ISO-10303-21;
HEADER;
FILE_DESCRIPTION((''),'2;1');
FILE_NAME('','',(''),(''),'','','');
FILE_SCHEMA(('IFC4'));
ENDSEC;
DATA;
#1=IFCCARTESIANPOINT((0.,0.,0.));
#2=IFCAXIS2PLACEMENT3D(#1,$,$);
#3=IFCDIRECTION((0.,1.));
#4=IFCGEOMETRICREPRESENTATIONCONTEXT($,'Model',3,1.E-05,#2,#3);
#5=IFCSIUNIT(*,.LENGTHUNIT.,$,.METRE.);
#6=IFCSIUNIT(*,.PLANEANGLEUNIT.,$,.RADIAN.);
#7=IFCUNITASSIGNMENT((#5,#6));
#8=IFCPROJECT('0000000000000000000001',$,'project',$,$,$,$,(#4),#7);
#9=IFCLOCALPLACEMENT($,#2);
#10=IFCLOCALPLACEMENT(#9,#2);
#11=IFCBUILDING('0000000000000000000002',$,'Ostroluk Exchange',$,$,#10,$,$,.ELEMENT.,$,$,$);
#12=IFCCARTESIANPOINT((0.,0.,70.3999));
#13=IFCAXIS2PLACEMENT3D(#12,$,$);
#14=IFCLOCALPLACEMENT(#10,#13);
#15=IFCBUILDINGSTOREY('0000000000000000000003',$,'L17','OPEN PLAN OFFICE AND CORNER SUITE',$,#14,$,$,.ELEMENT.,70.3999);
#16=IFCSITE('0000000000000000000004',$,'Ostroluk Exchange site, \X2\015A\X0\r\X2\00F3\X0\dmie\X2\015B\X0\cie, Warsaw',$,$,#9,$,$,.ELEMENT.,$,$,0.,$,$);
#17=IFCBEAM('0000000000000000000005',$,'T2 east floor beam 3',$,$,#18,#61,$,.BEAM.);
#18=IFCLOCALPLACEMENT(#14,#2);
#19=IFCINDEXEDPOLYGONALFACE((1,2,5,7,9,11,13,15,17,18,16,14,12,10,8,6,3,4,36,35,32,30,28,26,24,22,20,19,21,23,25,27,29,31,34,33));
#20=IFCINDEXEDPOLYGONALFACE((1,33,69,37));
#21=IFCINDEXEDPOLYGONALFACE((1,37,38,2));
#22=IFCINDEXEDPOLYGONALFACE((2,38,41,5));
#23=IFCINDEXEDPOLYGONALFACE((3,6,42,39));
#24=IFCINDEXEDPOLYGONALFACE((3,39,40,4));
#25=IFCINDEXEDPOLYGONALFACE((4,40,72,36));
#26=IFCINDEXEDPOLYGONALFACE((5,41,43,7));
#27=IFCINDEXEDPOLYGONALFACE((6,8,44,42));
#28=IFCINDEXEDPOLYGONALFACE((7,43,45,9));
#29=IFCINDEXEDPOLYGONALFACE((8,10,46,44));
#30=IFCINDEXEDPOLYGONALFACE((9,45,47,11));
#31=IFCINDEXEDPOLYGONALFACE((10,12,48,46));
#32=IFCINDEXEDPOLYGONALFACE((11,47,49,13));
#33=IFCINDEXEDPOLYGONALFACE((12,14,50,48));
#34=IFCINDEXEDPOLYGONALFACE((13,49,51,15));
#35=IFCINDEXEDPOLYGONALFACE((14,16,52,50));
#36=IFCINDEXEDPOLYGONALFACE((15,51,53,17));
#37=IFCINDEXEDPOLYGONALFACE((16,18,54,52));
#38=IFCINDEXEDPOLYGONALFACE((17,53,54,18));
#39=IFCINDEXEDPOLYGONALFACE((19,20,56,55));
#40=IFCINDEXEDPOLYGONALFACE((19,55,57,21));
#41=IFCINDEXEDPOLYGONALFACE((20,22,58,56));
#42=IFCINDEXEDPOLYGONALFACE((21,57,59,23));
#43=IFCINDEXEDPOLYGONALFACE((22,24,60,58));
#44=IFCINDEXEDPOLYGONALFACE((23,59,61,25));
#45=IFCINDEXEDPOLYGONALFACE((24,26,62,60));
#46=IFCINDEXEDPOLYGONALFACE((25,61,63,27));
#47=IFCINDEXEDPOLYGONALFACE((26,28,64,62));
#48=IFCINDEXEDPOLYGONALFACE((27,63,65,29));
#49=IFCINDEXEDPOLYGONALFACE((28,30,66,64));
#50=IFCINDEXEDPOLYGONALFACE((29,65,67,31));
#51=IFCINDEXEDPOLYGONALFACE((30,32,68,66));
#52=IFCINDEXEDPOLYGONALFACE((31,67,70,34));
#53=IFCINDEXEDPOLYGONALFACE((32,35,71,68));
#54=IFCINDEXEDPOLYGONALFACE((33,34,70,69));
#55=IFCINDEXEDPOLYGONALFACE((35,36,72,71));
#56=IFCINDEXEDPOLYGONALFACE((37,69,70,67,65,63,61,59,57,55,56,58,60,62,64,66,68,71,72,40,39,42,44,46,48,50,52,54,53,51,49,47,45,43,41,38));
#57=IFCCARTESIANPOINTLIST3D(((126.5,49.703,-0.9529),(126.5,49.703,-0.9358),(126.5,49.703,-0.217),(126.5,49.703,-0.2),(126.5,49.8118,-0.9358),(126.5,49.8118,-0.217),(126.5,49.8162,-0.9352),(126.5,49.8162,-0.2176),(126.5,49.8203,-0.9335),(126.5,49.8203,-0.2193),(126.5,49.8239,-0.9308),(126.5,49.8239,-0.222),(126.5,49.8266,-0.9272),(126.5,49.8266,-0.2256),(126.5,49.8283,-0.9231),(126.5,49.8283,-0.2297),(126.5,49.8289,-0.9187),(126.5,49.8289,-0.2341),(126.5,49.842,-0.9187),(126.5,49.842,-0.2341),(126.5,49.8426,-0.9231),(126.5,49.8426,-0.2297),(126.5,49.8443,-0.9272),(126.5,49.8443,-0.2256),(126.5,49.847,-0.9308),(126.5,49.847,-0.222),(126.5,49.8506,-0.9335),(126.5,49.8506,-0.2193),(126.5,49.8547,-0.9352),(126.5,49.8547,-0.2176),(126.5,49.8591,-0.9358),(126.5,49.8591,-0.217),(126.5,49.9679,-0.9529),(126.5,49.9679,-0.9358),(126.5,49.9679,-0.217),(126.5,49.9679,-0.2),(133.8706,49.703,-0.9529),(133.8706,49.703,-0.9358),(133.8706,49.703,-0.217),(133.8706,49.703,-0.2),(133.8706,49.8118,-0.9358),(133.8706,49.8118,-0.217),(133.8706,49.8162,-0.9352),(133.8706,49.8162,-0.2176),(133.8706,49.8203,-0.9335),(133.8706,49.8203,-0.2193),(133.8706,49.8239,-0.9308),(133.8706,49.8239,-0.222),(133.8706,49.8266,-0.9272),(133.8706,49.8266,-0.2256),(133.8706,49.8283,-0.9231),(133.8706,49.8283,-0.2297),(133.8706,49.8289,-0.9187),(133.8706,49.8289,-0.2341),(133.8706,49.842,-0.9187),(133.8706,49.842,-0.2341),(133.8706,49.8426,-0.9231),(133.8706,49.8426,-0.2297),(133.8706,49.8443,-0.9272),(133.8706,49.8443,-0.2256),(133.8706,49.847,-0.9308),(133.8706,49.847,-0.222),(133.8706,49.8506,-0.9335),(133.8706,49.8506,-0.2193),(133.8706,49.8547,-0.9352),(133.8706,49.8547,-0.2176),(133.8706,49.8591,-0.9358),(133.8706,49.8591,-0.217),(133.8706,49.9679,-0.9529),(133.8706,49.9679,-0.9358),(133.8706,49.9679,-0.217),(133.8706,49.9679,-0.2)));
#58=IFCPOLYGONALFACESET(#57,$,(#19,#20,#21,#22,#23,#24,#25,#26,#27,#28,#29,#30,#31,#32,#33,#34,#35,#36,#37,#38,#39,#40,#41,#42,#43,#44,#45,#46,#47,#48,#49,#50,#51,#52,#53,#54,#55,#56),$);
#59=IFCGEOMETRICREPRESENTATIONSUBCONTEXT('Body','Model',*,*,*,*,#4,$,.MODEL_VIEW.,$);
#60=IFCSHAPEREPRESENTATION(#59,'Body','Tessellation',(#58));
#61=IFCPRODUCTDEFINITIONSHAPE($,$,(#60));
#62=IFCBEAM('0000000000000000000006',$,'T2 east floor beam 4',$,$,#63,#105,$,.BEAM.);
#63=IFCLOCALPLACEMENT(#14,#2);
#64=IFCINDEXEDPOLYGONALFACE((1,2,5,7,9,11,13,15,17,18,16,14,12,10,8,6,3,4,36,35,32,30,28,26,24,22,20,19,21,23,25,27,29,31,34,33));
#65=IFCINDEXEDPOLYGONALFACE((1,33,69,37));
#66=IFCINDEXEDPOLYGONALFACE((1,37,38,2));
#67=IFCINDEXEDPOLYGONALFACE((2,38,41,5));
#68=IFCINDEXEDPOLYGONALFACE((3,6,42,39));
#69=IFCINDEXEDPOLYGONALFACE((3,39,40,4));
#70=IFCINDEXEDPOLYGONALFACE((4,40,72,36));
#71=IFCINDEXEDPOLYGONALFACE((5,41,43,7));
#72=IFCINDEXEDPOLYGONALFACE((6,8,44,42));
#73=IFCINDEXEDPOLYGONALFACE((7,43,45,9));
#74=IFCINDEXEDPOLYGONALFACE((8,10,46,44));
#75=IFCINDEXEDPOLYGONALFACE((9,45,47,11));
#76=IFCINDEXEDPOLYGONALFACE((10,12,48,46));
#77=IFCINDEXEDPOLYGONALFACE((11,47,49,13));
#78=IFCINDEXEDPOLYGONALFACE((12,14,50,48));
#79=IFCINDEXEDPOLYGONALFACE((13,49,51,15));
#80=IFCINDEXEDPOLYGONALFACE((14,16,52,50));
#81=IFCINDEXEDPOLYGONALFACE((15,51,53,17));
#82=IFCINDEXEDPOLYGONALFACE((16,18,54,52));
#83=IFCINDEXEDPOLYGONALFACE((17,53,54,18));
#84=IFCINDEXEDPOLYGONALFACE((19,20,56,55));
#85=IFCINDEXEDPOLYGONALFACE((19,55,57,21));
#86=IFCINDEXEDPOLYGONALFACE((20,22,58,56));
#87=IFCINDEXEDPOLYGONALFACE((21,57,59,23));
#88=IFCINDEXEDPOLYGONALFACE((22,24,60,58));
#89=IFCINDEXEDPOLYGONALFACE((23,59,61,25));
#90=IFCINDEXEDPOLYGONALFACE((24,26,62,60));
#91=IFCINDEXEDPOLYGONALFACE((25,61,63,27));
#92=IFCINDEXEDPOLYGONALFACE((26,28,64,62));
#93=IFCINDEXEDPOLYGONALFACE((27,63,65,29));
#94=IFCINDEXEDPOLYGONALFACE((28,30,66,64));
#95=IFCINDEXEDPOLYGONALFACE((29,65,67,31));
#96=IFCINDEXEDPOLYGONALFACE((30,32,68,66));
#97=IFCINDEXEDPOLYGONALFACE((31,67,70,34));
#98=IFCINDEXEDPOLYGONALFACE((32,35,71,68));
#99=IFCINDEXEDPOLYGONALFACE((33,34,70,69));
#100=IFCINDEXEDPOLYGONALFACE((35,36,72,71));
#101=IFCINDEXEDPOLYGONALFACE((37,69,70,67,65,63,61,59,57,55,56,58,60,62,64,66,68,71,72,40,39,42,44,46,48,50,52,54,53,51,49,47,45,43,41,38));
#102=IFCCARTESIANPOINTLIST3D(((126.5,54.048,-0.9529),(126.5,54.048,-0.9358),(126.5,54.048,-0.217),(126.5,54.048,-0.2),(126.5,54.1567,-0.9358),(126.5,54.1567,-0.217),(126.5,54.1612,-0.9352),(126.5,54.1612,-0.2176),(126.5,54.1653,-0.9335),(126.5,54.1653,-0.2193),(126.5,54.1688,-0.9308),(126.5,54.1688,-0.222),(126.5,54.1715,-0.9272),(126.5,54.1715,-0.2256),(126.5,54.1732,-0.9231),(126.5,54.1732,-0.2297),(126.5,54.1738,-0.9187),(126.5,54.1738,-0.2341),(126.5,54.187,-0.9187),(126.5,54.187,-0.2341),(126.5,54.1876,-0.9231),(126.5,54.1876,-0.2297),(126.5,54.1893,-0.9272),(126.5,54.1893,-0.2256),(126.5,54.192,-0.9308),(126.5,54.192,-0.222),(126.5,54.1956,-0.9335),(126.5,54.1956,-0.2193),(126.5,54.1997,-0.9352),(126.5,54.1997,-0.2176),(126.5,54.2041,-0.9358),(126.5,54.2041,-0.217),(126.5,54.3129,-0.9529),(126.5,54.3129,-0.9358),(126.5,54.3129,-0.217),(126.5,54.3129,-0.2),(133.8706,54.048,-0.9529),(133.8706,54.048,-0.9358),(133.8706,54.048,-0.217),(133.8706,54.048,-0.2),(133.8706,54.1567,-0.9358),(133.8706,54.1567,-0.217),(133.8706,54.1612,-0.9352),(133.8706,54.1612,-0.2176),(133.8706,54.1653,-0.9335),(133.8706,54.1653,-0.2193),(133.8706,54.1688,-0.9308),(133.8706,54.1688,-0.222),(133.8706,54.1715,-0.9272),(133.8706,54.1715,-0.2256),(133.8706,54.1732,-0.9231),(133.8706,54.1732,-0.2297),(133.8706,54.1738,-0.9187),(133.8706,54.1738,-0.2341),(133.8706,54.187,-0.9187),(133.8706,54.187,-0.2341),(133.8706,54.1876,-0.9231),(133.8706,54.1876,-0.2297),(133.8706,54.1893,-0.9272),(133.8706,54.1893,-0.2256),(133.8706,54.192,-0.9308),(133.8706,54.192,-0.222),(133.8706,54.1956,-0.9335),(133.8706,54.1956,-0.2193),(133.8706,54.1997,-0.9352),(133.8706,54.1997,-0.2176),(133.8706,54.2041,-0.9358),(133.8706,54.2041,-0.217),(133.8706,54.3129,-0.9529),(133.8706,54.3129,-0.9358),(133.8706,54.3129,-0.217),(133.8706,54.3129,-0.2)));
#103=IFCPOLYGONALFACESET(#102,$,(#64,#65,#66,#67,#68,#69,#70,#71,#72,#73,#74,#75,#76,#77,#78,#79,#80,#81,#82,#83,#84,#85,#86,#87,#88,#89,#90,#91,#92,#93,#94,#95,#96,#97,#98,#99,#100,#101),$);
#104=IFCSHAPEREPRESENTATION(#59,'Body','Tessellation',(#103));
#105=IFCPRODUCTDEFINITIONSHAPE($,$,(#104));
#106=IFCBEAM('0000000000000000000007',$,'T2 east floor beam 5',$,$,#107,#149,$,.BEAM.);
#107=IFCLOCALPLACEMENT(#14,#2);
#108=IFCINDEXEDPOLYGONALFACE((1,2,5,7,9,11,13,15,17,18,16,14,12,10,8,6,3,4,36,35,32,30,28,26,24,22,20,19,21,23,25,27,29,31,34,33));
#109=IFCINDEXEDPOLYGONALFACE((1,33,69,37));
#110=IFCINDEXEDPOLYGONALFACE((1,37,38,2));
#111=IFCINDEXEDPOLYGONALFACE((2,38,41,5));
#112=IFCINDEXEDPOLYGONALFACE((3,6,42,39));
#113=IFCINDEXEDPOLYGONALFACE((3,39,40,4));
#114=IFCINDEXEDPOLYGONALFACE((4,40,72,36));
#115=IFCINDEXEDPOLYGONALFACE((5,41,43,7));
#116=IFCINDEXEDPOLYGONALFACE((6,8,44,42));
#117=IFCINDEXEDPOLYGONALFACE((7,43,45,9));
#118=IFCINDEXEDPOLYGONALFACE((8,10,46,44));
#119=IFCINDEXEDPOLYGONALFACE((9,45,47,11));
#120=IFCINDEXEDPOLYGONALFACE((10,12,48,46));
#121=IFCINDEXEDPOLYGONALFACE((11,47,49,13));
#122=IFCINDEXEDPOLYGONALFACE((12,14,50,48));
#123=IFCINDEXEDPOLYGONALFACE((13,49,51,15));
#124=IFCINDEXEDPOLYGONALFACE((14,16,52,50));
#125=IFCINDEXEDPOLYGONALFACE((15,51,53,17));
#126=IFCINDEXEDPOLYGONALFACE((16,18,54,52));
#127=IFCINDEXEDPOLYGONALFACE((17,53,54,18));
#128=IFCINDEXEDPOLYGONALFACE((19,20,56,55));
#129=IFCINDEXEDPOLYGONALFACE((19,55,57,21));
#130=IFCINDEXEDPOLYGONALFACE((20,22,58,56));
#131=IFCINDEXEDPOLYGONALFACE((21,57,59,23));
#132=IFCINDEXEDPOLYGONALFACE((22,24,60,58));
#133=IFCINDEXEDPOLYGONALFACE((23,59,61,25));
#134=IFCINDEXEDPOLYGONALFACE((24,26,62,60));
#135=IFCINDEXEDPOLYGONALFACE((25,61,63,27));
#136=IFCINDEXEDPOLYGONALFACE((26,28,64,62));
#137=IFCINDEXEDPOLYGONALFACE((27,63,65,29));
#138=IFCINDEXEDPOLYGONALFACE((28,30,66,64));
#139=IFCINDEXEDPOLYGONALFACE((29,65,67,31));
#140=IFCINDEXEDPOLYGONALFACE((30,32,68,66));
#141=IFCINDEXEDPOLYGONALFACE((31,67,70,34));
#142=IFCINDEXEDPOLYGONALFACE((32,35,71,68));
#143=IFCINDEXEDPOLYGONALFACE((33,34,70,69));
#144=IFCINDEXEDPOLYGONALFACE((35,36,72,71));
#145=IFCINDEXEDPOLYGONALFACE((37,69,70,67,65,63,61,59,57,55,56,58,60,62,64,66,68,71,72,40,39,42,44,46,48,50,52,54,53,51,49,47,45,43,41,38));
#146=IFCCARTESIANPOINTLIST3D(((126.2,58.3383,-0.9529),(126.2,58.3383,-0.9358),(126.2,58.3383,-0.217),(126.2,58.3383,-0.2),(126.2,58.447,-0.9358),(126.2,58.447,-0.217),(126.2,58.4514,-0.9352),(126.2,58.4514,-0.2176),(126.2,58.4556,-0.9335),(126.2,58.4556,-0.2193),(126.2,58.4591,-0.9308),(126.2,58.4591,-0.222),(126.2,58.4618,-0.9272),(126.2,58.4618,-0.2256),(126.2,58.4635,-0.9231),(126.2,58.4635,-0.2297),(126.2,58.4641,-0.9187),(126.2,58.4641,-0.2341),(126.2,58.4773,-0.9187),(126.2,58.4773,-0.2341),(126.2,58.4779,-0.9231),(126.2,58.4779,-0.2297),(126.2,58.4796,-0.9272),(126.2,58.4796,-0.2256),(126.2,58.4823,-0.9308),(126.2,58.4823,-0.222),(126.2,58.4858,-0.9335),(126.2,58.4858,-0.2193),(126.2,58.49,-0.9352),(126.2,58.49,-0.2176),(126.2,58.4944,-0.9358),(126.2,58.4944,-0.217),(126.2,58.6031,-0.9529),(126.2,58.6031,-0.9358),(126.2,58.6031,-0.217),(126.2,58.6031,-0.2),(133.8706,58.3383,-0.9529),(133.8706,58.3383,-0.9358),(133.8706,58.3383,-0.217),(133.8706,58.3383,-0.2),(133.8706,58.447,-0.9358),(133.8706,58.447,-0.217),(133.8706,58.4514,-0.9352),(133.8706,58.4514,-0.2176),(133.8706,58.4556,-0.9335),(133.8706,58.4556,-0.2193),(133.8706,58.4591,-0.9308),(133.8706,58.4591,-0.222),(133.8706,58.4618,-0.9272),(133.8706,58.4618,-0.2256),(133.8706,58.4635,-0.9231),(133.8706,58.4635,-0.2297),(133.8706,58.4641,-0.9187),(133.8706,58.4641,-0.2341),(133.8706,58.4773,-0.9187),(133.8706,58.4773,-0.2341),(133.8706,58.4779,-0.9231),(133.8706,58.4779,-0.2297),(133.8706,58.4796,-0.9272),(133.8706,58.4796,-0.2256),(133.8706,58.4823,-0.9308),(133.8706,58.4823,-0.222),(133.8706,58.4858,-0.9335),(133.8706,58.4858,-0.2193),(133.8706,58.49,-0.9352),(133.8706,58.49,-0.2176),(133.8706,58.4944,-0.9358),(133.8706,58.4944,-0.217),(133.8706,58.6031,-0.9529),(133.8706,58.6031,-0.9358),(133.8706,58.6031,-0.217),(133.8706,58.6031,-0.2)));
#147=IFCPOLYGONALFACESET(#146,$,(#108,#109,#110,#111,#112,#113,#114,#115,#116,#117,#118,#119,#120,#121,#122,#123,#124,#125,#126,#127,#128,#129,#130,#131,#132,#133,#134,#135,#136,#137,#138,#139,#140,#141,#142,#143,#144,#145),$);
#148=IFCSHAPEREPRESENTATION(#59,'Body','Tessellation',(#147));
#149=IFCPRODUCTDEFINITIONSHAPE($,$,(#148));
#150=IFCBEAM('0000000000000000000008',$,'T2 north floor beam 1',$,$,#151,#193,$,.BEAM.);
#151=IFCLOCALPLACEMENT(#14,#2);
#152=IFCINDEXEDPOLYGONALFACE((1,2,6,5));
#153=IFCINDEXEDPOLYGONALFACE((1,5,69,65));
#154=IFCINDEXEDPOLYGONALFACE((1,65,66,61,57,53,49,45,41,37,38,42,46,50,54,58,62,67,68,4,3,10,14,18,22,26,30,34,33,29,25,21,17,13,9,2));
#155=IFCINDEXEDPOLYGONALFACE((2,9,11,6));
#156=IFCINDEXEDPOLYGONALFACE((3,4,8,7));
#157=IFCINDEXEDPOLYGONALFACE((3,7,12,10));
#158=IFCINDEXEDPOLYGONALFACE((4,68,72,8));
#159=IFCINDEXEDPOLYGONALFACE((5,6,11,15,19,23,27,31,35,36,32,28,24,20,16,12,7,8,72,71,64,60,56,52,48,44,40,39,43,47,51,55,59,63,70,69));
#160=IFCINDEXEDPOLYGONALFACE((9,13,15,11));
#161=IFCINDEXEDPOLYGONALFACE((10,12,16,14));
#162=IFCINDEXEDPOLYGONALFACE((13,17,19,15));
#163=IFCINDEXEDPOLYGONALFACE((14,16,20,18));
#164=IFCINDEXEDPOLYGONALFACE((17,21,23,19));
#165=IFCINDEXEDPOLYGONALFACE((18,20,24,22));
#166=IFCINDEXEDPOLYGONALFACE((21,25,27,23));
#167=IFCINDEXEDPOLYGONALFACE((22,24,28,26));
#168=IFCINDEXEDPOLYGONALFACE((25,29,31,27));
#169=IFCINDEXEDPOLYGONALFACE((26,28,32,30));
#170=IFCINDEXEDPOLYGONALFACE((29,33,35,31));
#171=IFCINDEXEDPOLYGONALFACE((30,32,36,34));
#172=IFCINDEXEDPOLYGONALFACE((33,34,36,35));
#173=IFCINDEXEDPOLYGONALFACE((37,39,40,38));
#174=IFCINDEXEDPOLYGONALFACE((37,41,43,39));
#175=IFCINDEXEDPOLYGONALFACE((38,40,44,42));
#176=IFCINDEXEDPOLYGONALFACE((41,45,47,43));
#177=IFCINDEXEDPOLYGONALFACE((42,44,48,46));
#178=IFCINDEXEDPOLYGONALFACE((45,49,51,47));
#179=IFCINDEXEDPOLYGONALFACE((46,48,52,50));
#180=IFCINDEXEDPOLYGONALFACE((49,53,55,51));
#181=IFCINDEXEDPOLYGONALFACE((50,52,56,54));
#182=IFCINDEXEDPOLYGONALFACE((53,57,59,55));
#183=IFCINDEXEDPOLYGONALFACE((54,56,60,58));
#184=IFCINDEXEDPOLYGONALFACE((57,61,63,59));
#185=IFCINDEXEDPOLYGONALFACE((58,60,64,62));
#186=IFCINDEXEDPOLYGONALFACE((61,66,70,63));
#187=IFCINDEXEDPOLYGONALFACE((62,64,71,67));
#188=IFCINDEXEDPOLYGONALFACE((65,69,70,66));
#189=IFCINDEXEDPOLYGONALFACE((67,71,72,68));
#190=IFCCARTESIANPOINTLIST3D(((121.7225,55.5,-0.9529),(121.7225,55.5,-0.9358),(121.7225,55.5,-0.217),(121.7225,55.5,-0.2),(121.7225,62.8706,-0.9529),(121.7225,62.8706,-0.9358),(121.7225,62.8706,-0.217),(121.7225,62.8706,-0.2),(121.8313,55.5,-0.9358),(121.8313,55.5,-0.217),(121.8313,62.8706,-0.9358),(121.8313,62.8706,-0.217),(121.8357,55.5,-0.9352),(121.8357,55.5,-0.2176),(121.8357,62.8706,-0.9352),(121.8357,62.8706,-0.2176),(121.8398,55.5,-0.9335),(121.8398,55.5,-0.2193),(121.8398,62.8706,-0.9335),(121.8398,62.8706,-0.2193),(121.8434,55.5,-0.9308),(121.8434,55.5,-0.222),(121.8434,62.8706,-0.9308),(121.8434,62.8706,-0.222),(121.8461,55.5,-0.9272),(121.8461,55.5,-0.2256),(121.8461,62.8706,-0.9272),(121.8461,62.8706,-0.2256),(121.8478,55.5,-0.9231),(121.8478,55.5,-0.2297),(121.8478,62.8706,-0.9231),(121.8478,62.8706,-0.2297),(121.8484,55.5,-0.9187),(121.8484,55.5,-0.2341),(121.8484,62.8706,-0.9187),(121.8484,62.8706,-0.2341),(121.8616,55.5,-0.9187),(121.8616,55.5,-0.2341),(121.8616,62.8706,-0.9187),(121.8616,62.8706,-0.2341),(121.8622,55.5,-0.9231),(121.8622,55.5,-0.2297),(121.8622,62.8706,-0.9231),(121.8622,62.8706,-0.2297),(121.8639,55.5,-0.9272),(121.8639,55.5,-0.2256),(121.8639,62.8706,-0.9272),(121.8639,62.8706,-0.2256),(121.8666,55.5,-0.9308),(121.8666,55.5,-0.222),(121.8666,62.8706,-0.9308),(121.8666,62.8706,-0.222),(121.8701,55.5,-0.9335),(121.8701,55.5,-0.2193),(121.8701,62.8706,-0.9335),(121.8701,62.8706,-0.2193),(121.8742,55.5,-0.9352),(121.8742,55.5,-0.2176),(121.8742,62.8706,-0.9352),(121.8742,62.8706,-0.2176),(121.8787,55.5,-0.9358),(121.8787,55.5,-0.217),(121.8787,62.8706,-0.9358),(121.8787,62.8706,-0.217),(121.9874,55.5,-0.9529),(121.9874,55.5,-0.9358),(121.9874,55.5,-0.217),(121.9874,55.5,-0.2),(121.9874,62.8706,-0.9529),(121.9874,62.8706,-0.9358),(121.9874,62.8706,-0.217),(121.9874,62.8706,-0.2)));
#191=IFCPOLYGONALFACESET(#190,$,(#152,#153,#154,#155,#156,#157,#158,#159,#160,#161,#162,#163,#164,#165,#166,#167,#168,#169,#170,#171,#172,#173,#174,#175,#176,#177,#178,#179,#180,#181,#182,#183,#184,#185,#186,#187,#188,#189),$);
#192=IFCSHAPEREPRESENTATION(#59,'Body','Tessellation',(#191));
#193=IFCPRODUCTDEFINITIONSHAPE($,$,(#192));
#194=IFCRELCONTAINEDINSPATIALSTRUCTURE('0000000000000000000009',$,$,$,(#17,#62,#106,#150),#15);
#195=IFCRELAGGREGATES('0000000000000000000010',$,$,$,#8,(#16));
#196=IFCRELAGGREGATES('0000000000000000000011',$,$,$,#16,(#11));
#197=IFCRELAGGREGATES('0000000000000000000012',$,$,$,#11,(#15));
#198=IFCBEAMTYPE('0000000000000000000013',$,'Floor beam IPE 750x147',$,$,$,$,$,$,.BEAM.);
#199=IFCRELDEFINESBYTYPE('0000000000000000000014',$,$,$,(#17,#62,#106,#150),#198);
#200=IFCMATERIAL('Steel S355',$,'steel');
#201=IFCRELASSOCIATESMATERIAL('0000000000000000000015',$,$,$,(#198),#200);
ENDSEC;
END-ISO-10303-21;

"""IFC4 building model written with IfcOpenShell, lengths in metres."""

from ifc_helpers import new_model, si_unit, direction, frame, origin, origin_2d, place, context, subcontext, project, spatial, i_section, extrude, material, material_profile, profile_set, type_object, element, save


model = new_model("IFC4")

# Units and contexts
model_context = context("Model", 3, precision=1e-05, world=origin(), true_north=direction((0.0, 1.0)))
body_context = subcontext(model_context, "Body", "Model", "MODEL_VIEW")
ifc_project = project(units=[si_unit("LENGTHUNIT", "METRE"), si_unit("PLANEANGLEUNIT", "RADIAN")], contexts=[model_context])

# Site, building, storey
site_placement = place(None, origin())
site = spatial("IfcSite", under=ifc_project, at=site_placement, Name="Ostroluk Exchange site, Śródmieście, Warsaw", CompositionType="ELEMENT", RefElevation=0.0)
building_placement = place(site_placement, origin())
building = spatial("IfcBuilding", under=site, at=building_placement, Name="Ostroluk Exchange", CompositionType="ELEMENT")
storey_placement = place(building_placement, frame((0.0, 0.0, 70.3999)))
storey = spatial("IfcBuildingStorey", under=building, at=storey_placement, Name="L17", Description="OPEN PLAN OFFICE AND CORNER SUITE", CompositionType="ELEMENT", Elevation=70.3999)

# Beams
ifc_material_1 = material(Name="Steel S355", Category="steel")
ifc_material_profile_1 = material_profile(ifc_material_1, i_section(OverallWidth=0.2649, OverallDepth=0.7529, WebThickness=0.0132, FlangeThickness=0.0171, FilletRadius=0.0171, at=origin_2d()), Name="IPE 750x147")
ifc_profile_set_1 = profile_set([ifc_material_profile_1], Name="Steel S355")
beam_type_1 = type_object("IfcBeamType", Name="Floor beam IPE 750x147", PredefinedType="BEAM", material=ifc_profile_set_1)
for number, where, z_axis, x_axis, name in (
    (1, (126.5, 49.8354, -0.5764), (1.0, 0.0, 0.0), (0.0, 1.0, 0.0), "T2 east floor beam 3"),
    (2, (126.5, 54.1804, -0.5764), (1.0, 0.0, 0.0), (0.0, 1.0, 0.0), "T2 east floor beam 4"),
):
    element("IfcBeam", number, at=place(storey_placement, frame(where, z_axis=z_axis, x_axis=x_axis)), inside=storey, type_object=beam_type_1, Name=name, PredefinedType="BEAM", context=body_context, shape_type="SweptSolid", body=[
        extrude(i_section(OverallWidth=0.2649, OverallDepth=0.7529, WebThickness=0.0132, FlangeThickness=0.0171, FilletRadius=0.0171, at=origin_2d()), origin(), (0.0, 0.0, 1.0), 7.3706),
    ])
beam_1_placement = place(storey_placement, frame((126.2, 58.4707, -0.5764), z_axis=(1.0, 0.0, 0.0), x_axis=(0.0, 1.0, 0.0)))
element("IfcBeam", 3, at=beam_1_placement, inside=storey, type_object=beam_type_1, Name="T2 east floor beam 5", PredefinedType="BEAM", context=body_context, shape_type="SweptSolid", body=[
    extrude(i_section(OverallWidth=0.2649, OverallDepth=0.7529, WebThickness=0.0132, FlangeThickness=0.0171, FilletRadius=0.0171, at=origin_2d()), origin(), (0.0, 0.0, 1.0), 7.6707),
])
for number, where, z_axis, x_axis, name in (
    (4, (121.855, 55.5, -0.5764), (0.0, 1.0, 0.0), (-1.0, 0.0, 0.0), "T2 north floor beam 1"),
):
    element("IfcBeam", number, at=place(storey_placement, frame(where, z_axis=z_axis, x_axis=x_axis)), inside=storey, type_object=beam_type_1, Name=name, PredefinedType="BEAM", context=body_context, shape_type="SweptSolid", body=[
        extrude(i_section(OverallWidth=0.2649, OverallDepth=0.7529, WebThickness=0.0132, FlangeThickness=0.0171, FilletRadius=0.0171, at=origin_2d()), origin(), (0.0, 0.0, 1.0), 7.3706),
    ])

save(model, "model.ifc")
